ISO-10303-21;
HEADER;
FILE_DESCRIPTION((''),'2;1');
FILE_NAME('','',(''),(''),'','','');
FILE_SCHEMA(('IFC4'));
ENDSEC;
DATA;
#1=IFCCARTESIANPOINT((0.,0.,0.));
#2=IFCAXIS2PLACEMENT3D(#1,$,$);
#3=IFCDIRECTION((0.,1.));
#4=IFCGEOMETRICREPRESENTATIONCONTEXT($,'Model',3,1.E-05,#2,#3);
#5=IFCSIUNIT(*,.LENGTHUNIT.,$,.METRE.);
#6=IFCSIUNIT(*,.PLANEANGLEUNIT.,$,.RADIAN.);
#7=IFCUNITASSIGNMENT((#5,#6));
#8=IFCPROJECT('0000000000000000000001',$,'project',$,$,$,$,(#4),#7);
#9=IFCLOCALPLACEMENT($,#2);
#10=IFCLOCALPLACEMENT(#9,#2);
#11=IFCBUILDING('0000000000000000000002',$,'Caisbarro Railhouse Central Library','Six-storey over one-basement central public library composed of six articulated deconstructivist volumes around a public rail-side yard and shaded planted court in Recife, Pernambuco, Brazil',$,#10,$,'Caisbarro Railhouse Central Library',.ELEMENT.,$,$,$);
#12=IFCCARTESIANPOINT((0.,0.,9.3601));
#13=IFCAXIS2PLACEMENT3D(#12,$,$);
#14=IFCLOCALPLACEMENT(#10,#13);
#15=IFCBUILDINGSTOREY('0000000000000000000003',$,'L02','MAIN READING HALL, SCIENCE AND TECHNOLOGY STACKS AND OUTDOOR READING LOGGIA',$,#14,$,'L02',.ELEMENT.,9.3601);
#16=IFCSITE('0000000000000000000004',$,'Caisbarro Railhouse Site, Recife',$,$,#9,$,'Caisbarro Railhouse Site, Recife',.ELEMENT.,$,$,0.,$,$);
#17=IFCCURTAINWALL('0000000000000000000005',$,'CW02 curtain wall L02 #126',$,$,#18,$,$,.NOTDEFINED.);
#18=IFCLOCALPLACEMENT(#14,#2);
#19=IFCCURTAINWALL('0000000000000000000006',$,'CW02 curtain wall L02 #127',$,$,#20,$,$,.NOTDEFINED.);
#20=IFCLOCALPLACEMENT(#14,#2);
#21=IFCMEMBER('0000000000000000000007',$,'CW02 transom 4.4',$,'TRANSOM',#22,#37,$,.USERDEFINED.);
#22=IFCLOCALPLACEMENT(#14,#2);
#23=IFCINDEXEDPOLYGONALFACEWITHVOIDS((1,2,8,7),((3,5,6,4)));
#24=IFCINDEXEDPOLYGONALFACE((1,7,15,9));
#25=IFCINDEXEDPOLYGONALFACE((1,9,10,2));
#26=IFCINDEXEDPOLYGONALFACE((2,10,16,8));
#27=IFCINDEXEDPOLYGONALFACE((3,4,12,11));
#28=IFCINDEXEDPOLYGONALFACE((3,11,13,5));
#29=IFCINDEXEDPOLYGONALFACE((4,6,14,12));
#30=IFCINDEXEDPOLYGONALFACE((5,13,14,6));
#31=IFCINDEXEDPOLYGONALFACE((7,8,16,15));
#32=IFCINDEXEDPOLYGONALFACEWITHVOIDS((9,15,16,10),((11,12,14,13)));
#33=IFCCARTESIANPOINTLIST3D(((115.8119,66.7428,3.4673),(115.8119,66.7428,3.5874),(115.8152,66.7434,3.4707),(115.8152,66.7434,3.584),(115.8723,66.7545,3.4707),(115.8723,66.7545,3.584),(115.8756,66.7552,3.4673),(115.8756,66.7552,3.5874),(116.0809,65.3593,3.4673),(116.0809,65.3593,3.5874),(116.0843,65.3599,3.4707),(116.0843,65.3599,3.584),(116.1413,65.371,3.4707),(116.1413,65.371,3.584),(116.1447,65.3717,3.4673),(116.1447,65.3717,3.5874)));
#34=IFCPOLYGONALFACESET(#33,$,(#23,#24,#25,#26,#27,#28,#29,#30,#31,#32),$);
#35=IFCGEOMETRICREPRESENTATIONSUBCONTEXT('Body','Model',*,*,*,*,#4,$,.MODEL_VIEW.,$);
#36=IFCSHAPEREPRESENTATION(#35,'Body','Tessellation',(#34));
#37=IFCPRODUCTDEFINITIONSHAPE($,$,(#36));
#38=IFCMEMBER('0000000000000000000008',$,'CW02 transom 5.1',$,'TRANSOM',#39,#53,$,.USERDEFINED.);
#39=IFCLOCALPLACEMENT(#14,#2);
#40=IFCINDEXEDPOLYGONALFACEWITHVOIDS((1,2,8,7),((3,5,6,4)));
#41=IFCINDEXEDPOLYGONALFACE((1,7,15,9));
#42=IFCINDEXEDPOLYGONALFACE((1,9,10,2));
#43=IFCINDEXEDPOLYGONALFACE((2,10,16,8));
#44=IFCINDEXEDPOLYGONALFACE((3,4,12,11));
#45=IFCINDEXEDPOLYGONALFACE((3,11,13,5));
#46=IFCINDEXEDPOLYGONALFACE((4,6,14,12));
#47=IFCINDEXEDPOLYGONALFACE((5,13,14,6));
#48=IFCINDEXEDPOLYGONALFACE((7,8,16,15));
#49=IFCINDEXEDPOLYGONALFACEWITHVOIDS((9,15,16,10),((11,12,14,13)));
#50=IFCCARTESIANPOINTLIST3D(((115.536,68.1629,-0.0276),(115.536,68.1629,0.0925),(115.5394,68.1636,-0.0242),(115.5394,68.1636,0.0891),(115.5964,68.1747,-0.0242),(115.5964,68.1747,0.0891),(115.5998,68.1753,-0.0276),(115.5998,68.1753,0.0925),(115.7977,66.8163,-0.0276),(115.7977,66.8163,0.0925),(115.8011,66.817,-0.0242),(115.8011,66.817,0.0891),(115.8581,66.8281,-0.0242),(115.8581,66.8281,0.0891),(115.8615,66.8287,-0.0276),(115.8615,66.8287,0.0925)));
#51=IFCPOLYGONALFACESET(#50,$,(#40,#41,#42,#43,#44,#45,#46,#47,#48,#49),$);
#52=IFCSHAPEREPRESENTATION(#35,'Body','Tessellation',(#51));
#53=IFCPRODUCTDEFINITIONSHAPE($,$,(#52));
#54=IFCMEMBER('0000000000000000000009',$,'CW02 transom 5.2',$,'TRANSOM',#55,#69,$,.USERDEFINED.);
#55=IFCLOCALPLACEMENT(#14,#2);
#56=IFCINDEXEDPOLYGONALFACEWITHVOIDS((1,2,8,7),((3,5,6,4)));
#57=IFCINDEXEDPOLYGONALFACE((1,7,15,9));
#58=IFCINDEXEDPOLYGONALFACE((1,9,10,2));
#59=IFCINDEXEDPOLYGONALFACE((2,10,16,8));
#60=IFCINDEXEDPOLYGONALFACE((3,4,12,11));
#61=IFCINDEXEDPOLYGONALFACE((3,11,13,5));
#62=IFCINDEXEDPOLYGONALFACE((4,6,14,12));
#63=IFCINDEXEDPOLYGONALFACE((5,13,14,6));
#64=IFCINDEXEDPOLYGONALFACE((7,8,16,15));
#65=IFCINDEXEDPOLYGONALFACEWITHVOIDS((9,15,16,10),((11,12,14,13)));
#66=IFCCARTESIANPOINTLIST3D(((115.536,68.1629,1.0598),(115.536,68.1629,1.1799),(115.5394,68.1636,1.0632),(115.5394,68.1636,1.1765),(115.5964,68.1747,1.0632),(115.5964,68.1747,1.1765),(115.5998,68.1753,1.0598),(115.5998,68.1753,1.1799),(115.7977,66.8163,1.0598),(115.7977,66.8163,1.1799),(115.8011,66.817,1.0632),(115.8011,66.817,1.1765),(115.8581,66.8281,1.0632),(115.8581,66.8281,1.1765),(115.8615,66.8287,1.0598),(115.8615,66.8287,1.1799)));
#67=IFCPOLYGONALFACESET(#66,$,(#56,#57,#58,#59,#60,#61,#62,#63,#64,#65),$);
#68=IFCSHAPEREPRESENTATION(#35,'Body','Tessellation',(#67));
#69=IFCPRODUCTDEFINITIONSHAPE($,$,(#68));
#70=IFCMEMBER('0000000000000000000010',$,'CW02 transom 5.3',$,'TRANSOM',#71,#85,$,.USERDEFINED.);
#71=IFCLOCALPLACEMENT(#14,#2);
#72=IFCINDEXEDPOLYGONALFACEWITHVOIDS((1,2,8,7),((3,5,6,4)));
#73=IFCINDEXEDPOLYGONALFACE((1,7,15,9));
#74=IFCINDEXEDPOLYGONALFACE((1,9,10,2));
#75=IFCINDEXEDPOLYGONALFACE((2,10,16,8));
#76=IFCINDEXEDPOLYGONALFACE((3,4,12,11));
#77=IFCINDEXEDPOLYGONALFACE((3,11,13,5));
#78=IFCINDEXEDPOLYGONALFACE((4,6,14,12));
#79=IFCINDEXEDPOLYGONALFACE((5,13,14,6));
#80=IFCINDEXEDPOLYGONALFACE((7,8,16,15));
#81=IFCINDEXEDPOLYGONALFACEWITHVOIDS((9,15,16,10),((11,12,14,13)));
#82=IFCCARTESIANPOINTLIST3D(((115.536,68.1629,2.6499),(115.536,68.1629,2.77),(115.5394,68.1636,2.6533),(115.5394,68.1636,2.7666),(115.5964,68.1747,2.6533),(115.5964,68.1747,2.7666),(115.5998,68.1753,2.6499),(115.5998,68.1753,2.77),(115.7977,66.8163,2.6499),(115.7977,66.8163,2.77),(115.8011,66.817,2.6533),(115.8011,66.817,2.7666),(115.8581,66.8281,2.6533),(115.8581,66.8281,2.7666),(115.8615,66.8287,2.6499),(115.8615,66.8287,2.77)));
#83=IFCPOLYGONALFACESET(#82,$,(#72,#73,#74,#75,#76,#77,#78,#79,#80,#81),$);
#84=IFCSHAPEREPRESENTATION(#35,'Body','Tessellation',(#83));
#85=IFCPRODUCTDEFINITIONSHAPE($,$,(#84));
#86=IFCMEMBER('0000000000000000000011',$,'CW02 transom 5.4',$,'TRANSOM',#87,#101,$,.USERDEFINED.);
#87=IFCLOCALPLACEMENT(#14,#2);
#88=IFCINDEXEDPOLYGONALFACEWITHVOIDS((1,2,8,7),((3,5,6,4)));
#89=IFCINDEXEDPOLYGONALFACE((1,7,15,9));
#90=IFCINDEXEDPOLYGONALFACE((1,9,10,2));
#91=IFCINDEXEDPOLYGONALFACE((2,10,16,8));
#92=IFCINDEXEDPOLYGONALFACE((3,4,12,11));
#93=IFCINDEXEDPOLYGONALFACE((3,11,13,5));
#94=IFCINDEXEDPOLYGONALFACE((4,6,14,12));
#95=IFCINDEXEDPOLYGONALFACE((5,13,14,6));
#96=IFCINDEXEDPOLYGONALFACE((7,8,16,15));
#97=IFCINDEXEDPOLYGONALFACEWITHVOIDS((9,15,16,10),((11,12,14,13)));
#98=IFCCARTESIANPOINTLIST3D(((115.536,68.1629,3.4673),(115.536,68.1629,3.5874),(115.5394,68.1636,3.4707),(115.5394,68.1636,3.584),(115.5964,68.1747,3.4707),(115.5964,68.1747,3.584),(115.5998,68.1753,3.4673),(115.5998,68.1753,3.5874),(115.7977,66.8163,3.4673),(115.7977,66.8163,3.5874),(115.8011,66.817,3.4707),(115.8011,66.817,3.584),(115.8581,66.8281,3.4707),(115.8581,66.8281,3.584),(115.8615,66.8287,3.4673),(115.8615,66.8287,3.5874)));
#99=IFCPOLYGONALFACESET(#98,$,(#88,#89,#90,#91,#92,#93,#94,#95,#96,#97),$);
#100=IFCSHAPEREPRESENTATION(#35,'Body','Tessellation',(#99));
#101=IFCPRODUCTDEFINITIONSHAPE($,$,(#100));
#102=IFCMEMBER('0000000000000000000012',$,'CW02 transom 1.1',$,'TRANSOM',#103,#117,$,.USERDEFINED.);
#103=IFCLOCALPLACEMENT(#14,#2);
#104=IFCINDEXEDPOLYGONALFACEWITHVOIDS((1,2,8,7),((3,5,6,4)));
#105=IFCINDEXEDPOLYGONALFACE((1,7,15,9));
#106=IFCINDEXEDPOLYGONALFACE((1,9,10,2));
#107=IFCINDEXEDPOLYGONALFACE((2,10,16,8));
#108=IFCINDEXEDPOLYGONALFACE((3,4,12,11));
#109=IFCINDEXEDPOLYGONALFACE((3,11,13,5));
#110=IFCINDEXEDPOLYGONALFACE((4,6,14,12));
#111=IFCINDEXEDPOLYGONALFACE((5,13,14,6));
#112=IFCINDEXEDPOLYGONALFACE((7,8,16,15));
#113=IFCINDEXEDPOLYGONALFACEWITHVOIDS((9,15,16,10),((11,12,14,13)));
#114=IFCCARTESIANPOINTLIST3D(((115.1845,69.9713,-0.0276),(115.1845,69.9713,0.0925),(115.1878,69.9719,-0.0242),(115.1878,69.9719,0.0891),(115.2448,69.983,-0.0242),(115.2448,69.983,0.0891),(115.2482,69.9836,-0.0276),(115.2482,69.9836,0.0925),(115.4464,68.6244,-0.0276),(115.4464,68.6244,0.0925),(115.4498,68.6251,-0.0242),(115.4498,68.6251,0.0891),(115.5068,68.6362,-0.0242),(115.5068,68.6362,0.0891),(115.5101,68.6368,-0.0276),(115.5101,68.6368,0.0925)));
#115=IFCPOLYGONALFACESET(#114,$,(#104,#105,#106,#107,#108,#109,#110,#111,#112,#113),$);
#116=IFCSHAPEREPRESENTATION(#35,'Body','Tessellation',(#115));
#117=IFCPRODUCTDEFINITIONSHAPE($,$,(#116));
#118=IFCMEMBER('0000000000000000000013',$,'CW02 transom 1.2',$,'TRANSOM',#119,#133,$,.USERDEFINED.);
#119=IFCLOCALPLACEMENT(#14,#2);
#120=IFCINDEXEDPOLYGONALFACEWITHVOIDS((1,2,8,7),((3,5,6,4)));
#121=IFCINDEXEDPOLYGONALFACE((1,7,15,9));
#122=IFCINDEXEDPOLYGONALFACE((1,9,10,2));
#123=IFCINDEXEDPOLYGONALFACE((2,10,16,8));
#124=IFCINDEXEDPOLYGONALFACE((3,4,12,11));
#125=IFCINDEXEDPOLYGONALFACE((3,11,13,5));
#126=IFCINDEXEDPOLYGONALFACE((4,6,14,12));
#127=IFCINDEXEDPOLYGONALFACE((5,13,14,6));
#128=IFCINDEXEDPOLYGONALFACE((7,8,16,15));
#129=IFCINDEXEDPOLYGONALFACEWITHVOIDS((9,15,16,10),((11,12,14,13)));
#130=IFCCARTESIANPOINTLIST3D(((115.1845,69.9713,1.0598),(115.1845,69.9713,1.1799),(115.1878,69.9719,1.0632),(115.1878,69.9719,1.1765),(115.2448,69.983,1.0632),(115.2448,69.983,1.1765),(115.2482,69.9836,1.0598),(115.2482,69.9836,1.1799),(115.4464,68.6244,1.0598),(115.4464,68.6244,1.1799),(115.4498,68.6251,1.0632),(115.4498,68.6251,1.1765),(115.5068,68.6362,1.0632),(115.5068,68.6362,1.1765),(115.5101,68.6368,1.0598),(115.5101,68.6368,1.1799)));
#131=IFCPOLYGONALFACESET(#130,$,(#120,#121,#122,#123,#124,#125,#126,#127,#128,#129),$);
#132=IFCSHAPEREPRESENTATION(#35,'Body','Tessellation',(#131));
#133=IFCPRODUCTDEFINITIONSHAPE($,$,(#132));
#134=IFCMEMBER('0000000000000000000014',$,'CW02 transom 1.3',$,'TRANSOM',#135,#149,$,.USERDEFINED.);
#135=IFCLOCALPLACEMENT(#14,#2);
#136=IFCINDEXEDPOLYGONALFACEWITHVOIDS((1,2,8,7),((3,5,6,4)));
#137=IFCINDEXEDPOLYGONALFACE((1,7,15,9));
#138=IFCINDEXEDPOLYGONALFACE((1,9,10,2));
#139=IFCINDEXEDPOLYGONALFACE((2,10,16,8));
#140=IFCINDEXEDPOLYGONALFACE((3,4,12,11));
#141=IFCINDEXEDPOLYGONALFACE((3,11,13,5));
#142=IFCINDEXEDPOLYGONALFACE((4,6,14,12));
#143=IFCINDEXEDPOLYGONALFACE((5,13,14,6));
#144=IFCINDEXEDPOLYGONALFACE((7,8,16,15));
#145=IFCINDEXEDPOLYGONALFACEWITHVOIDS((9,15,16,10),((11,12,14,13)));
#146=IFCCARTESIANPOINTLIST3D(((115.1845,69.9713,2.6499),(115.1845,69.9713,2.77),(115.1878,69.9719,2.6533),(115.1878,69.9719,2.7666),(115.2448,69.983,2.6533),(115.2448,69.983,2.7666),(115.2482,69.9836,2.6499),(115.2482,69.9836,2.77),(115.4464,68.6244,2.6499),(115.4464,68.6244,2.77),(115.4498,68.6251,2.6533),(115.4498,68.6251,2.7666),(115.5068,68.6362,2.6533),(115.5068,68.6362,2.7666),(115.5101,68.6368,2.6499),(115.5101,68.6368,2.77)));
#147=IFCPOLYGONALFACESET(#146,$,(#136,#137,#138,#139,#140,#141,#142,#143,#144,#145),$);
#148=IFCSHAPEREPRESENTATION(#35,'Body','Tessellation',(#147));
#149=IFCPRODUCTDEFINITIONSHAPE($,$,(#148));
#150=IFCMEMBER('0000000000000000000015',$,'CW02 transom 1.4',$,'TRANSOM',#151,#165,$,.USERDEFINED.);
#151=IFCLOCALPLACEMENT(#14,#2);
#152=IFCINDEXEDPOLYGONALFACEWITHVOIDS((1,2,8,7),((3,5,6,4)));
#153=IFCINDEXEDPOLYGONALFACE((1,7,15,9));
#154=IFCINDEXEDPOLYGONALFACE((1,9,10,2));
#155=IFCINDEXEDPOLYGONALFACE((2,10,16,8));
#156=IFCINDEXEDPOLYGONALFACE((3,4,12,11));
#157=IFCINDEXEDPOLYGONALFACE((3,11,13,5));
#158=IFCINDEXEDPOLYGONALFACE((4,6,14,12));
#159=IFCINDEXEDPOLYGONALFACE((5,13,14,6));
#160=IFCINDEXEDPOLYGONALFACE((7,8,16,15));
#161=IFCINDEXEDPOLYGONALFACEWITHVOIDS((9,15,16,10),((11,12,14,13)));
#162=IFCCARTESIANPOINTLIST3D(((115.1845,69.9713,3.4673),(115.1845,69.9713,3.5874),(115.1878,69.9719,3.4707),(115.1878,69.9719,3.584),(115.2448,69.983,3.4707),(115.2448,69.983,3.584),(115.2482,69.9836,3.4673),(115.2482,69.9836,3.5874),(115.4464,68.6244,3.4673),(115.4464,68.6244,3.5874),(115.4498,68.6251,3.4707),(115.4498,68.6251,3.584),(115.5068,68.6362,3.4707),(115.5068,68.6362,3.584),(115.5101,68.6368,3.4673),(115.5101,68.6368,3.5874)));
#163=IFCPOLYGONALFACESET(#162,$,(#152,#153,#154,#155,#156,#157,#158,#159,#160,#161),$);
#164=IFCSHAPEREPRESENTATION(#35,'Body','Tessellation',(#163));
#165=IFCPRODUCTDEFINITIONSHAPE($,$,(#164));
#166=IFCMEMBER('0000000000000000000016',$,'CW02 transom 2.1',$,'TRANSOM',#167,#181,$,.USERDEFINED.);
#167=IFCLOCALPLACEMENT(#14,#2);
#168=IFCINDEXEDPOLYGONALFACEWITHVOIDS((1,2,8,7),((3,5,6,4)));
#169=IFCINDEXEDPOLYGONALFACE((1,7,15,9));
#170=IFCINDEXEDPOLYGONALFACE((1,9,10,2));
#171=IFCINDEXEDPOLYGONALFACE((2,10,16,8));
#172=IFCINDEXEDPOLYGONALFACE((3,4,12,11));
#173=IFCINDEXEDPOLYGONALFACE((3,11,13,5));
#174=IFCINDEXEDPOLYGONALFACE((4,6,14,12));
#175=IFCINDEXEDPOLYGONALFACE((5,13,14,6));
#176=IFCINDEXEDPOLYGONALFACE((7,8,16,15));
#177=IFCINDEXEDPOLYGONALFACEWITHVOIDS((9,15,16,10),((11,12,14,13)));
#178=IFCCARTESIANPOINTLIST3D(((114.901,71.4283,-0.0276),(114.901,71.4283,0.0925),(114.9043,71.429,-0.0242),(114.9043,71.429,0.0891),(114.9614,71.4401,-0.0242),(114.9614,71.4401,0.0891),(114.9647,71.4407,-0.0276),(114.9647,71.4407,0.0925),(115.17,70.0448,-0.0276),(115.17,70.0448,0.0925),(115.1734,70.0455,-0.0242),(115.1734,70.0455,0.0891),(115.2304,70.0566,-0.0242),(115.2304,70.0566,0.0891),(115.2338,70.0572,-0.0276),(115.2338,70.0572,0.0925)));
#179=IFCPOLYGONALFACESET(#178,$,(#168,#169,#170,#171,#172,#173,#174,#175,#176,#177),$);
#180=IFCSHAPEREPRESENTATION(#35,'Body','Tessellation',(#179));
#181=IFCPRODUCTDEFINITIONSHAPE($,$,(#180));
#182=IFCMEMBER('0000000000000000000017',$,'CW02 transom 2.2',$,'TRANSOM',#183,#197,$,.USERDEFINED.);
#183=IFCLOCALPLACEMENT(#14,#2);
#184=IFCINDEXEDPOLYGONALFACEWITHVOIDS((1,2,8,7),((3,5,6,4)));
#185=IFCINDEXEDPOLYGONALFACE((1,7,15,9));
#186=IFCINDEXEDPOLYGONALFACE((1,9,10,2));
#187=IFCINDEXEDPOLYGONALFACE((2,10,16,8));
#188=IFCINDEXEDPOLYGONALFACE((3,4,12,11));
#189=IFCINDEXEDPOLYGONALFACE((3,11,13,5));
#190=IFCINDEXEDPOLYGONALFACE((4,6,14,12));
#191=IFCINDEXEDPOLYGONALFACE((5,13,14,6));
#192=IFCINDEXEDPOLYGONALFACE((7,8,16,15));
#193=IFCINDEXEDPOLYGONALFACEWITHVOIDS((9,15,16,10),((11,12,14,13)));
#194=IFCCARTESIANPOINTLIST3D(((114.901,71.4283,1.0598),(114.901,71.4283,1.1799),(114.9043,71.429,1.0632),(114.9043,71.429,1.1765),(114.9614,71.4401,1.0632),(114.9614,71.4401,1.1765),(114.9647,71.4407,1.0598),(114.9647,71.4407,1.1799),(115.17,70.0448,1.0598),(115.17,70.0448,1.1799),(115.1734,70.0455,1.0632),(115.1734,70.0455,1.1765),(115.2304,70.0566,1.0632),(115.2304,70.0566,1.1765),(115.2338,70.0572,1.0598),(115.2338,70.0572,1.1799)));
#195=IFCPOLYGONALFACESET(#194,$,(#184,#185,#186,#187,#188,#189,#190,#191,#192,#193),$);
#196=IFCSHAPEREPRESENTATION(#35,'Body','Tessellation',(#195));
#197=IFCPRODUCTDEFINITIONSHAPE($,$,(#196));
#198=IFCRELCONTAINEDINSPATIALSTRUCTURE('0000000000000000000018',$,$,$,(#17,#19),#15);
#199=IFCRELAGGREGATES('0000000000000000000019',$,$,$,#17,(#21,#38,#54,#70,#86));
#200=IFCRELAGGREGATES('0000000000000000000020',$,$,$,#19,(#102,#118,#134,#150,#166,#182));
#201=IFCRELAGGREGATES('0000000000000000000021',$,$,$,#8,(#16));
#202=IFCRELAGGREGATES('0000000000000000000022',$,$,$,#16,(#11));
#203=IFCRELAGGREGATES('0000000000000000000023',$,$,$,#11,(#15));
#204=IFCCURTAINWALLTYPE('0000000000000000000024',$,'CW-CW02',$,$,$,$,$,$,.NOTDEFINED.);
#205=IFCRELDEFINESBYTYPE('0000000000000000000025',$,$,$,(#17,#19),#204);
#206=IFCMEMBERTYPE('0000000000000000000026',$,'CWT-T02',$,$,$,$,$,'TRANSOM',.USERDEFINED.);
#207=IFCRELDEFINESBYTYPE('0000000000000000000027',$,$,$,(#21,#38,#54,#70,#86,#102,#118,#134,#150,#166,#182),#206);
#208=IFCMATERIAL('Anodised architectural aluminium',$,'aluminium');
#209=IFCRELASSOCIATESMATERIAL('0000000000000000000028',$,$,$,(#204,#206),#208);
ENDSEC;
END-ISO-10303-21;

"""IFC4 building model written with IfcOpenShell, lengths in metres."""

from ifc_helpers import new_model, si_unit, direction, frame, origin, origin_2d, place, context, subcontext, project, spatial, hollow_rectangle, extrude, material, material_profile, profile_set, type_object, element, aggregate, save


model = new_model("IFC4")

# Units and contexts
model_context = context("Model", 3, precision=1e-05, world=origin(), true_north=direction((0.0, 1.0)))
body_context = subcontext(model_context, "Body", "Model", "MODEL_VIEW")
ifc_project = project(units=[si_unit("LENGTHUNIT", "METRE"), si_unit("PLANEANGLEUNIT", "RADIAN")], contexts=[model_context])

# Site, building, storey
site_placement = place(None, origin())
site = spatial("IfcSite", under=ifc_project, at=site_placement, Name="Caisbarro Railhouse Site, Recife", LongName="Caisbarro Railhouse Site, Recife", CompositionType="ELEMENT", RefElevation=0.0)
building_placement = place(site_placement, origin())
building = spatial("IfcBuilding", under=site, at=building_placement, Name="Caisbarro Railhouse Central Library", Description="Six-storey over one-basement central public library composed of six articulated deconstructivist volumes around a public rail-side yard and shaded planted court in Recife, Pernambuco, Brazil", LongName="Caisbarro Railhouse Central Library", CompositionType="ELEMENT")
storey_placement = place(building_placement, frame((0.0, 0.0, 9.3601)))
storey = spatial("IfcBuildingStorey", under=building, at=storey_placement, Name="L02", Description="MAIN READING HALL, SCIENCE AND TECHNOLOGY STACKS AND OUTDOOR READING LOGGIA", LongName="L02", CompositionType="ELEMENT", Elevation=9.3601)

# Curtain walls
ifc_material_1 = material(Name="Anodised architectural aluminium", Category="aluminium")
curtain_wall_type = type_object("IfcCurtainWallType", Name="CW-CW02", PredefinedType="NOTDEFINED", material=ifc_material_1)
curtain_wall_1_placement = place(storey_placement, origin())
curtain_wall_1 = element("IfcCurtainWall", 1, at=curtain_wall_1_placement, inside=storey, type_object=curtain_wall_type, Name="CW02 curtain wall L02 #126", PredefinedType="NOTDEFINED")
curtain_wall_2_placement = place(storey_placement, origin())
curtain_wall_2 = element("IfcCurtainWall", 2, at=curtain_wall_2_placement, inside=storey, type_object=curtain_wall_type, Name="CW02 curtain wall L02 #127", PredefinedType="NOTDEFINED")

# Members
ifc_material_profile_1 = material_profile(ifc_material_1, hollow_rectangle(XDim=0.0649, YDim=0.1201, WallThickness=0.0034, at=origin_2d()), Name="ALU-TRN-65X120")
ifc_profile_set_1 = profile_set([ifc_material_profile_1], Name="Anodised architectural aluminium")
member_type_1 = type_object("IfcMemberType", Name="CWT-T02", ElementType="TRANSOM", PredefinedType="USERDEFINED", material=ifc_profile_set_1)
member_1_placement = place(storey_placement, frame((116.1128, 65.3655, 3.5273), z_axis=(-0.190884, 0.981613, 0.0), x_axis=(-0.981613, -0.190884, 0.0)))
member_1 = element("IfcMember", 3, at=member_1_placement, type_object=member_type_1, Name="CW02 transom 4.4", ObjectType="TRANSOM", PredefinedType="USERDEFINED", context=body_context, shape_type="SweptSolid", body=[
    extrude(hollow_rectangle(XDim=0.0649, YDim=0.1201, WallThickness=0.0034, at=origin_2d()), origin(), (0.0, 0.0, 1.0), 1.4094),
])
member_2_placement = place(storey_placement, frame((115.8296, 66.8225, 0.0325), z_axis=(-0.190774, 0.981634, 0.0), x_axis=(-0.981634, -0.190774, 0.0)))
member_2 = element("IfcMember", 4, at=member_2_placement, type_object=member_type_1, Name="CW02 transom 5.1", ObjectType="TRANSOM", PredefinedType="USERDEFINED", context=body_context, shape_type="SweptSolid", body=[
    extrude(hollow_rectangle(XDim=0.0649, YDim=0.1201, WallThickness=0.0034, at=origin_2d()), origin(), (0.0, 0.0, 1.0), 1.3718),
])
member_3_placement = place(storey_placement, frame((115.8296, 66.8225, 1.1199), z_axis=(-0.190774, 0.981634, 0.0), x_axis=(-0.981634, -0.190774, 0.0)))
member_3 = element("IfcMember", 5, at=member_3_placement, type_object=member_type_1, Name="CW02 transom 5.2", ObjectType="TRANSOM", PredefinedType="USERDEFINED", context=body_context, shape_type="SweptSolid", body=[
    extrude(hollow_rectangle(XDim=0.0649, YDim=0.1201, WallThickness=0.0034, at=origin_2d()), origin(), (0.0, 0.0, 1.0), 1.3718),
])
member_4_placement = place(storey_placement, frame((115.8296, 66.8225, 2.71), z_axis=(-0.190774, 0.981634, 0.0), x_axis=(-0.981634, -0.190774, 0.0)))
member_4 = element("IfcMember", 6, at=member_4_placement, type_object=member_type_1, Name="CW02 transom 5.3", ObjectType="TRANSOM", PredefinedType="USERDEFINED", context=body_context, shape_type="SweptSolid", body=[
    extrude(hollow_rectangle(XDim=0.0649, YDim=0.1201, WallThickness=0.0034, at=origin_2d()), origin(), (0.0, 0.0, 1.0), 1.3718),
])
member_5_placement = place(storey_placement, frame((115.8296, 66.8225, 3.5273), z_axis=(-0.190774, 0.981634, 0.0), x_axis=(-0.981634, -0.190774, 0.0)))
member_5 = element("IfcMember", 7, at=member_5_placement, type_object=member_type_1, Name="CW02 transom 5.4", ObjectType="TRANSOM", PredefinedType="USERDEFINED", context=body_context, shape_type="SweptSolid", body=[
    extrude(hollow_rectangle(XDim=0.0649, YDim=0.1201, WallThickness=0.0034, at=origin_2d()), origin(), (0.0, 0.0, 1.0), 1.3718),
])
member_6_placement = place(storey_placement, frame((115.4783, 68.6306, 0.0325), z_axis=(-0.190913, 0.981607, 0.0), x_axis=(-0.981607, -0.190913, 0.0)))
member_6 = element("IfcMember", 8, at=member_6_placement, type_object=member_type_1, Name="CW02 transom 1.1", ObjectType="TRANSOM", PredefinedType="USERDEFINED", context=body_context, shape_type="SweptSolid", body=[
    extrude(hollow_rectangle(XDim=0.0649, YDim=0.1201, WallThickness=0.0034, at=origin_2d()), origin(), (0.0, 0.0, 1.0), 1.3721),
])
member_7_placement = place(storey_placement, frame((115.4783, 68.6306, 1.1199), z_axis=(-0.190913, 0.981607, 0.0), x_axis=(-0.981607, -0.190913, 0.0)))
member_7 = element("IfcMember", 9, at=member_7_placement, type_object=member_type_1, Name="CW02 transom 1.2", ObjectType="TRANSOM", PredefinedType="USERDEFINED", context=body_context, shape_type="SweptSolid", body=[
    extrude(hollow_rectangle(XDim=0.0649, YDim=0.1201, WallThickness=0.0034, at=origin_2d()), origin(), (0.0, 0.0, 1.0), 1.3721),
])
member_8_placement = place(storey_placement, frame((115.4783, 68.6306, 2.71), z_axis=(-0.190913, 0.981607, 0.0), x_axis=(-0.981607, -0.190913, 0.0)))
member_8 = element("IfcMember", 10, at=member_8_placement, type_object=member_type_1, Name="CW02 transom 1.3", ObjectType="TRANSOM", PredefinedType="USERDEFINED", context=body_context, shape_type="SweptSolid", body=[
    extrude(hollow_rectangle(XDim=0.0649, YDim=0.1201, WallThickness=0.0034, at=origin_2d()), origin(), (0.0, 0.0, 1.0), 1.3721),
])
member_9_placement = place(storey_placement, frame((115.4783, 68.6306, 3.5273), z_axis=(-0.190913, 0.981607, 0.0), x_axis=(-0.981607, -0.190913, 0.0)))
member_9 = element("IfcMember", 11, at=member_9_placement, type_object=member_type_1, Name="CW02 transom 1.4", ObjectType="TRANSOM", PredefinedType="USERDEFINED", context=body_context, shape_type="SweptSolid", body=[
    extrude(hollow_rectangle(XDim=0.0649, YDim=0.1201, WallThickness=0.0034, at=origin_2d()), origin(), (0.0, 0.0, 1.0), 1.3721),
])
member_10_placement = place(storey_placement, frame((115.2019, 70.051, 0.0325), z_axis=(-0.190884, 0.981613, 0.0), x_axis=(-0.981613, -0.190884, 0.0)))
member_10 = element("IfcMember", 12, at=member_10_placement, type_object=member_type_1, Name="CW02 transom 2.1", ObjectType="TRANSOM", PredefinedType="USERDEFINED", context=body_context, shape_type="SweptSolid", body=[
    extrude(hollow_rectangle(XDim=0.0649, YDim=0.1201, WallThickness=0.0034, at=origin_2d()), origin(), (0.0, 0.0, 1.0), 1.4094),
])
member_11_placement = place(storey_placement, frame((115.2019, 70.051, 1.1199), z_axis=(-0.190884, 0.981613, 0.0), x_axis=(-0.981613, -0.190884, 0.0)))
member_11 = element("IfcMember", 13, at=member_11_placement, type_object=member_type_1, Name="CW02 transom 2.2", ObjectType="TRANSOM", PredefinedType="USERDEFINED", context=body_context, shape_type="SweptSolid", body=[
    extrude(hollow_rectangle(XDim=0.0649, YDim=0.1201, WallThickness=0.0034, at=origin_2d()), origin(), (0.0, 0.0, 1.0), 1.4094),
])

aggregate(curtain_wall_1, [member_1, member_2, member_3, member_4, member_5])
aggregate(curtain_wall_2, [member_6, member_7, member_8, member_9, member_10, member_11])

save(model, "model.ifc")
